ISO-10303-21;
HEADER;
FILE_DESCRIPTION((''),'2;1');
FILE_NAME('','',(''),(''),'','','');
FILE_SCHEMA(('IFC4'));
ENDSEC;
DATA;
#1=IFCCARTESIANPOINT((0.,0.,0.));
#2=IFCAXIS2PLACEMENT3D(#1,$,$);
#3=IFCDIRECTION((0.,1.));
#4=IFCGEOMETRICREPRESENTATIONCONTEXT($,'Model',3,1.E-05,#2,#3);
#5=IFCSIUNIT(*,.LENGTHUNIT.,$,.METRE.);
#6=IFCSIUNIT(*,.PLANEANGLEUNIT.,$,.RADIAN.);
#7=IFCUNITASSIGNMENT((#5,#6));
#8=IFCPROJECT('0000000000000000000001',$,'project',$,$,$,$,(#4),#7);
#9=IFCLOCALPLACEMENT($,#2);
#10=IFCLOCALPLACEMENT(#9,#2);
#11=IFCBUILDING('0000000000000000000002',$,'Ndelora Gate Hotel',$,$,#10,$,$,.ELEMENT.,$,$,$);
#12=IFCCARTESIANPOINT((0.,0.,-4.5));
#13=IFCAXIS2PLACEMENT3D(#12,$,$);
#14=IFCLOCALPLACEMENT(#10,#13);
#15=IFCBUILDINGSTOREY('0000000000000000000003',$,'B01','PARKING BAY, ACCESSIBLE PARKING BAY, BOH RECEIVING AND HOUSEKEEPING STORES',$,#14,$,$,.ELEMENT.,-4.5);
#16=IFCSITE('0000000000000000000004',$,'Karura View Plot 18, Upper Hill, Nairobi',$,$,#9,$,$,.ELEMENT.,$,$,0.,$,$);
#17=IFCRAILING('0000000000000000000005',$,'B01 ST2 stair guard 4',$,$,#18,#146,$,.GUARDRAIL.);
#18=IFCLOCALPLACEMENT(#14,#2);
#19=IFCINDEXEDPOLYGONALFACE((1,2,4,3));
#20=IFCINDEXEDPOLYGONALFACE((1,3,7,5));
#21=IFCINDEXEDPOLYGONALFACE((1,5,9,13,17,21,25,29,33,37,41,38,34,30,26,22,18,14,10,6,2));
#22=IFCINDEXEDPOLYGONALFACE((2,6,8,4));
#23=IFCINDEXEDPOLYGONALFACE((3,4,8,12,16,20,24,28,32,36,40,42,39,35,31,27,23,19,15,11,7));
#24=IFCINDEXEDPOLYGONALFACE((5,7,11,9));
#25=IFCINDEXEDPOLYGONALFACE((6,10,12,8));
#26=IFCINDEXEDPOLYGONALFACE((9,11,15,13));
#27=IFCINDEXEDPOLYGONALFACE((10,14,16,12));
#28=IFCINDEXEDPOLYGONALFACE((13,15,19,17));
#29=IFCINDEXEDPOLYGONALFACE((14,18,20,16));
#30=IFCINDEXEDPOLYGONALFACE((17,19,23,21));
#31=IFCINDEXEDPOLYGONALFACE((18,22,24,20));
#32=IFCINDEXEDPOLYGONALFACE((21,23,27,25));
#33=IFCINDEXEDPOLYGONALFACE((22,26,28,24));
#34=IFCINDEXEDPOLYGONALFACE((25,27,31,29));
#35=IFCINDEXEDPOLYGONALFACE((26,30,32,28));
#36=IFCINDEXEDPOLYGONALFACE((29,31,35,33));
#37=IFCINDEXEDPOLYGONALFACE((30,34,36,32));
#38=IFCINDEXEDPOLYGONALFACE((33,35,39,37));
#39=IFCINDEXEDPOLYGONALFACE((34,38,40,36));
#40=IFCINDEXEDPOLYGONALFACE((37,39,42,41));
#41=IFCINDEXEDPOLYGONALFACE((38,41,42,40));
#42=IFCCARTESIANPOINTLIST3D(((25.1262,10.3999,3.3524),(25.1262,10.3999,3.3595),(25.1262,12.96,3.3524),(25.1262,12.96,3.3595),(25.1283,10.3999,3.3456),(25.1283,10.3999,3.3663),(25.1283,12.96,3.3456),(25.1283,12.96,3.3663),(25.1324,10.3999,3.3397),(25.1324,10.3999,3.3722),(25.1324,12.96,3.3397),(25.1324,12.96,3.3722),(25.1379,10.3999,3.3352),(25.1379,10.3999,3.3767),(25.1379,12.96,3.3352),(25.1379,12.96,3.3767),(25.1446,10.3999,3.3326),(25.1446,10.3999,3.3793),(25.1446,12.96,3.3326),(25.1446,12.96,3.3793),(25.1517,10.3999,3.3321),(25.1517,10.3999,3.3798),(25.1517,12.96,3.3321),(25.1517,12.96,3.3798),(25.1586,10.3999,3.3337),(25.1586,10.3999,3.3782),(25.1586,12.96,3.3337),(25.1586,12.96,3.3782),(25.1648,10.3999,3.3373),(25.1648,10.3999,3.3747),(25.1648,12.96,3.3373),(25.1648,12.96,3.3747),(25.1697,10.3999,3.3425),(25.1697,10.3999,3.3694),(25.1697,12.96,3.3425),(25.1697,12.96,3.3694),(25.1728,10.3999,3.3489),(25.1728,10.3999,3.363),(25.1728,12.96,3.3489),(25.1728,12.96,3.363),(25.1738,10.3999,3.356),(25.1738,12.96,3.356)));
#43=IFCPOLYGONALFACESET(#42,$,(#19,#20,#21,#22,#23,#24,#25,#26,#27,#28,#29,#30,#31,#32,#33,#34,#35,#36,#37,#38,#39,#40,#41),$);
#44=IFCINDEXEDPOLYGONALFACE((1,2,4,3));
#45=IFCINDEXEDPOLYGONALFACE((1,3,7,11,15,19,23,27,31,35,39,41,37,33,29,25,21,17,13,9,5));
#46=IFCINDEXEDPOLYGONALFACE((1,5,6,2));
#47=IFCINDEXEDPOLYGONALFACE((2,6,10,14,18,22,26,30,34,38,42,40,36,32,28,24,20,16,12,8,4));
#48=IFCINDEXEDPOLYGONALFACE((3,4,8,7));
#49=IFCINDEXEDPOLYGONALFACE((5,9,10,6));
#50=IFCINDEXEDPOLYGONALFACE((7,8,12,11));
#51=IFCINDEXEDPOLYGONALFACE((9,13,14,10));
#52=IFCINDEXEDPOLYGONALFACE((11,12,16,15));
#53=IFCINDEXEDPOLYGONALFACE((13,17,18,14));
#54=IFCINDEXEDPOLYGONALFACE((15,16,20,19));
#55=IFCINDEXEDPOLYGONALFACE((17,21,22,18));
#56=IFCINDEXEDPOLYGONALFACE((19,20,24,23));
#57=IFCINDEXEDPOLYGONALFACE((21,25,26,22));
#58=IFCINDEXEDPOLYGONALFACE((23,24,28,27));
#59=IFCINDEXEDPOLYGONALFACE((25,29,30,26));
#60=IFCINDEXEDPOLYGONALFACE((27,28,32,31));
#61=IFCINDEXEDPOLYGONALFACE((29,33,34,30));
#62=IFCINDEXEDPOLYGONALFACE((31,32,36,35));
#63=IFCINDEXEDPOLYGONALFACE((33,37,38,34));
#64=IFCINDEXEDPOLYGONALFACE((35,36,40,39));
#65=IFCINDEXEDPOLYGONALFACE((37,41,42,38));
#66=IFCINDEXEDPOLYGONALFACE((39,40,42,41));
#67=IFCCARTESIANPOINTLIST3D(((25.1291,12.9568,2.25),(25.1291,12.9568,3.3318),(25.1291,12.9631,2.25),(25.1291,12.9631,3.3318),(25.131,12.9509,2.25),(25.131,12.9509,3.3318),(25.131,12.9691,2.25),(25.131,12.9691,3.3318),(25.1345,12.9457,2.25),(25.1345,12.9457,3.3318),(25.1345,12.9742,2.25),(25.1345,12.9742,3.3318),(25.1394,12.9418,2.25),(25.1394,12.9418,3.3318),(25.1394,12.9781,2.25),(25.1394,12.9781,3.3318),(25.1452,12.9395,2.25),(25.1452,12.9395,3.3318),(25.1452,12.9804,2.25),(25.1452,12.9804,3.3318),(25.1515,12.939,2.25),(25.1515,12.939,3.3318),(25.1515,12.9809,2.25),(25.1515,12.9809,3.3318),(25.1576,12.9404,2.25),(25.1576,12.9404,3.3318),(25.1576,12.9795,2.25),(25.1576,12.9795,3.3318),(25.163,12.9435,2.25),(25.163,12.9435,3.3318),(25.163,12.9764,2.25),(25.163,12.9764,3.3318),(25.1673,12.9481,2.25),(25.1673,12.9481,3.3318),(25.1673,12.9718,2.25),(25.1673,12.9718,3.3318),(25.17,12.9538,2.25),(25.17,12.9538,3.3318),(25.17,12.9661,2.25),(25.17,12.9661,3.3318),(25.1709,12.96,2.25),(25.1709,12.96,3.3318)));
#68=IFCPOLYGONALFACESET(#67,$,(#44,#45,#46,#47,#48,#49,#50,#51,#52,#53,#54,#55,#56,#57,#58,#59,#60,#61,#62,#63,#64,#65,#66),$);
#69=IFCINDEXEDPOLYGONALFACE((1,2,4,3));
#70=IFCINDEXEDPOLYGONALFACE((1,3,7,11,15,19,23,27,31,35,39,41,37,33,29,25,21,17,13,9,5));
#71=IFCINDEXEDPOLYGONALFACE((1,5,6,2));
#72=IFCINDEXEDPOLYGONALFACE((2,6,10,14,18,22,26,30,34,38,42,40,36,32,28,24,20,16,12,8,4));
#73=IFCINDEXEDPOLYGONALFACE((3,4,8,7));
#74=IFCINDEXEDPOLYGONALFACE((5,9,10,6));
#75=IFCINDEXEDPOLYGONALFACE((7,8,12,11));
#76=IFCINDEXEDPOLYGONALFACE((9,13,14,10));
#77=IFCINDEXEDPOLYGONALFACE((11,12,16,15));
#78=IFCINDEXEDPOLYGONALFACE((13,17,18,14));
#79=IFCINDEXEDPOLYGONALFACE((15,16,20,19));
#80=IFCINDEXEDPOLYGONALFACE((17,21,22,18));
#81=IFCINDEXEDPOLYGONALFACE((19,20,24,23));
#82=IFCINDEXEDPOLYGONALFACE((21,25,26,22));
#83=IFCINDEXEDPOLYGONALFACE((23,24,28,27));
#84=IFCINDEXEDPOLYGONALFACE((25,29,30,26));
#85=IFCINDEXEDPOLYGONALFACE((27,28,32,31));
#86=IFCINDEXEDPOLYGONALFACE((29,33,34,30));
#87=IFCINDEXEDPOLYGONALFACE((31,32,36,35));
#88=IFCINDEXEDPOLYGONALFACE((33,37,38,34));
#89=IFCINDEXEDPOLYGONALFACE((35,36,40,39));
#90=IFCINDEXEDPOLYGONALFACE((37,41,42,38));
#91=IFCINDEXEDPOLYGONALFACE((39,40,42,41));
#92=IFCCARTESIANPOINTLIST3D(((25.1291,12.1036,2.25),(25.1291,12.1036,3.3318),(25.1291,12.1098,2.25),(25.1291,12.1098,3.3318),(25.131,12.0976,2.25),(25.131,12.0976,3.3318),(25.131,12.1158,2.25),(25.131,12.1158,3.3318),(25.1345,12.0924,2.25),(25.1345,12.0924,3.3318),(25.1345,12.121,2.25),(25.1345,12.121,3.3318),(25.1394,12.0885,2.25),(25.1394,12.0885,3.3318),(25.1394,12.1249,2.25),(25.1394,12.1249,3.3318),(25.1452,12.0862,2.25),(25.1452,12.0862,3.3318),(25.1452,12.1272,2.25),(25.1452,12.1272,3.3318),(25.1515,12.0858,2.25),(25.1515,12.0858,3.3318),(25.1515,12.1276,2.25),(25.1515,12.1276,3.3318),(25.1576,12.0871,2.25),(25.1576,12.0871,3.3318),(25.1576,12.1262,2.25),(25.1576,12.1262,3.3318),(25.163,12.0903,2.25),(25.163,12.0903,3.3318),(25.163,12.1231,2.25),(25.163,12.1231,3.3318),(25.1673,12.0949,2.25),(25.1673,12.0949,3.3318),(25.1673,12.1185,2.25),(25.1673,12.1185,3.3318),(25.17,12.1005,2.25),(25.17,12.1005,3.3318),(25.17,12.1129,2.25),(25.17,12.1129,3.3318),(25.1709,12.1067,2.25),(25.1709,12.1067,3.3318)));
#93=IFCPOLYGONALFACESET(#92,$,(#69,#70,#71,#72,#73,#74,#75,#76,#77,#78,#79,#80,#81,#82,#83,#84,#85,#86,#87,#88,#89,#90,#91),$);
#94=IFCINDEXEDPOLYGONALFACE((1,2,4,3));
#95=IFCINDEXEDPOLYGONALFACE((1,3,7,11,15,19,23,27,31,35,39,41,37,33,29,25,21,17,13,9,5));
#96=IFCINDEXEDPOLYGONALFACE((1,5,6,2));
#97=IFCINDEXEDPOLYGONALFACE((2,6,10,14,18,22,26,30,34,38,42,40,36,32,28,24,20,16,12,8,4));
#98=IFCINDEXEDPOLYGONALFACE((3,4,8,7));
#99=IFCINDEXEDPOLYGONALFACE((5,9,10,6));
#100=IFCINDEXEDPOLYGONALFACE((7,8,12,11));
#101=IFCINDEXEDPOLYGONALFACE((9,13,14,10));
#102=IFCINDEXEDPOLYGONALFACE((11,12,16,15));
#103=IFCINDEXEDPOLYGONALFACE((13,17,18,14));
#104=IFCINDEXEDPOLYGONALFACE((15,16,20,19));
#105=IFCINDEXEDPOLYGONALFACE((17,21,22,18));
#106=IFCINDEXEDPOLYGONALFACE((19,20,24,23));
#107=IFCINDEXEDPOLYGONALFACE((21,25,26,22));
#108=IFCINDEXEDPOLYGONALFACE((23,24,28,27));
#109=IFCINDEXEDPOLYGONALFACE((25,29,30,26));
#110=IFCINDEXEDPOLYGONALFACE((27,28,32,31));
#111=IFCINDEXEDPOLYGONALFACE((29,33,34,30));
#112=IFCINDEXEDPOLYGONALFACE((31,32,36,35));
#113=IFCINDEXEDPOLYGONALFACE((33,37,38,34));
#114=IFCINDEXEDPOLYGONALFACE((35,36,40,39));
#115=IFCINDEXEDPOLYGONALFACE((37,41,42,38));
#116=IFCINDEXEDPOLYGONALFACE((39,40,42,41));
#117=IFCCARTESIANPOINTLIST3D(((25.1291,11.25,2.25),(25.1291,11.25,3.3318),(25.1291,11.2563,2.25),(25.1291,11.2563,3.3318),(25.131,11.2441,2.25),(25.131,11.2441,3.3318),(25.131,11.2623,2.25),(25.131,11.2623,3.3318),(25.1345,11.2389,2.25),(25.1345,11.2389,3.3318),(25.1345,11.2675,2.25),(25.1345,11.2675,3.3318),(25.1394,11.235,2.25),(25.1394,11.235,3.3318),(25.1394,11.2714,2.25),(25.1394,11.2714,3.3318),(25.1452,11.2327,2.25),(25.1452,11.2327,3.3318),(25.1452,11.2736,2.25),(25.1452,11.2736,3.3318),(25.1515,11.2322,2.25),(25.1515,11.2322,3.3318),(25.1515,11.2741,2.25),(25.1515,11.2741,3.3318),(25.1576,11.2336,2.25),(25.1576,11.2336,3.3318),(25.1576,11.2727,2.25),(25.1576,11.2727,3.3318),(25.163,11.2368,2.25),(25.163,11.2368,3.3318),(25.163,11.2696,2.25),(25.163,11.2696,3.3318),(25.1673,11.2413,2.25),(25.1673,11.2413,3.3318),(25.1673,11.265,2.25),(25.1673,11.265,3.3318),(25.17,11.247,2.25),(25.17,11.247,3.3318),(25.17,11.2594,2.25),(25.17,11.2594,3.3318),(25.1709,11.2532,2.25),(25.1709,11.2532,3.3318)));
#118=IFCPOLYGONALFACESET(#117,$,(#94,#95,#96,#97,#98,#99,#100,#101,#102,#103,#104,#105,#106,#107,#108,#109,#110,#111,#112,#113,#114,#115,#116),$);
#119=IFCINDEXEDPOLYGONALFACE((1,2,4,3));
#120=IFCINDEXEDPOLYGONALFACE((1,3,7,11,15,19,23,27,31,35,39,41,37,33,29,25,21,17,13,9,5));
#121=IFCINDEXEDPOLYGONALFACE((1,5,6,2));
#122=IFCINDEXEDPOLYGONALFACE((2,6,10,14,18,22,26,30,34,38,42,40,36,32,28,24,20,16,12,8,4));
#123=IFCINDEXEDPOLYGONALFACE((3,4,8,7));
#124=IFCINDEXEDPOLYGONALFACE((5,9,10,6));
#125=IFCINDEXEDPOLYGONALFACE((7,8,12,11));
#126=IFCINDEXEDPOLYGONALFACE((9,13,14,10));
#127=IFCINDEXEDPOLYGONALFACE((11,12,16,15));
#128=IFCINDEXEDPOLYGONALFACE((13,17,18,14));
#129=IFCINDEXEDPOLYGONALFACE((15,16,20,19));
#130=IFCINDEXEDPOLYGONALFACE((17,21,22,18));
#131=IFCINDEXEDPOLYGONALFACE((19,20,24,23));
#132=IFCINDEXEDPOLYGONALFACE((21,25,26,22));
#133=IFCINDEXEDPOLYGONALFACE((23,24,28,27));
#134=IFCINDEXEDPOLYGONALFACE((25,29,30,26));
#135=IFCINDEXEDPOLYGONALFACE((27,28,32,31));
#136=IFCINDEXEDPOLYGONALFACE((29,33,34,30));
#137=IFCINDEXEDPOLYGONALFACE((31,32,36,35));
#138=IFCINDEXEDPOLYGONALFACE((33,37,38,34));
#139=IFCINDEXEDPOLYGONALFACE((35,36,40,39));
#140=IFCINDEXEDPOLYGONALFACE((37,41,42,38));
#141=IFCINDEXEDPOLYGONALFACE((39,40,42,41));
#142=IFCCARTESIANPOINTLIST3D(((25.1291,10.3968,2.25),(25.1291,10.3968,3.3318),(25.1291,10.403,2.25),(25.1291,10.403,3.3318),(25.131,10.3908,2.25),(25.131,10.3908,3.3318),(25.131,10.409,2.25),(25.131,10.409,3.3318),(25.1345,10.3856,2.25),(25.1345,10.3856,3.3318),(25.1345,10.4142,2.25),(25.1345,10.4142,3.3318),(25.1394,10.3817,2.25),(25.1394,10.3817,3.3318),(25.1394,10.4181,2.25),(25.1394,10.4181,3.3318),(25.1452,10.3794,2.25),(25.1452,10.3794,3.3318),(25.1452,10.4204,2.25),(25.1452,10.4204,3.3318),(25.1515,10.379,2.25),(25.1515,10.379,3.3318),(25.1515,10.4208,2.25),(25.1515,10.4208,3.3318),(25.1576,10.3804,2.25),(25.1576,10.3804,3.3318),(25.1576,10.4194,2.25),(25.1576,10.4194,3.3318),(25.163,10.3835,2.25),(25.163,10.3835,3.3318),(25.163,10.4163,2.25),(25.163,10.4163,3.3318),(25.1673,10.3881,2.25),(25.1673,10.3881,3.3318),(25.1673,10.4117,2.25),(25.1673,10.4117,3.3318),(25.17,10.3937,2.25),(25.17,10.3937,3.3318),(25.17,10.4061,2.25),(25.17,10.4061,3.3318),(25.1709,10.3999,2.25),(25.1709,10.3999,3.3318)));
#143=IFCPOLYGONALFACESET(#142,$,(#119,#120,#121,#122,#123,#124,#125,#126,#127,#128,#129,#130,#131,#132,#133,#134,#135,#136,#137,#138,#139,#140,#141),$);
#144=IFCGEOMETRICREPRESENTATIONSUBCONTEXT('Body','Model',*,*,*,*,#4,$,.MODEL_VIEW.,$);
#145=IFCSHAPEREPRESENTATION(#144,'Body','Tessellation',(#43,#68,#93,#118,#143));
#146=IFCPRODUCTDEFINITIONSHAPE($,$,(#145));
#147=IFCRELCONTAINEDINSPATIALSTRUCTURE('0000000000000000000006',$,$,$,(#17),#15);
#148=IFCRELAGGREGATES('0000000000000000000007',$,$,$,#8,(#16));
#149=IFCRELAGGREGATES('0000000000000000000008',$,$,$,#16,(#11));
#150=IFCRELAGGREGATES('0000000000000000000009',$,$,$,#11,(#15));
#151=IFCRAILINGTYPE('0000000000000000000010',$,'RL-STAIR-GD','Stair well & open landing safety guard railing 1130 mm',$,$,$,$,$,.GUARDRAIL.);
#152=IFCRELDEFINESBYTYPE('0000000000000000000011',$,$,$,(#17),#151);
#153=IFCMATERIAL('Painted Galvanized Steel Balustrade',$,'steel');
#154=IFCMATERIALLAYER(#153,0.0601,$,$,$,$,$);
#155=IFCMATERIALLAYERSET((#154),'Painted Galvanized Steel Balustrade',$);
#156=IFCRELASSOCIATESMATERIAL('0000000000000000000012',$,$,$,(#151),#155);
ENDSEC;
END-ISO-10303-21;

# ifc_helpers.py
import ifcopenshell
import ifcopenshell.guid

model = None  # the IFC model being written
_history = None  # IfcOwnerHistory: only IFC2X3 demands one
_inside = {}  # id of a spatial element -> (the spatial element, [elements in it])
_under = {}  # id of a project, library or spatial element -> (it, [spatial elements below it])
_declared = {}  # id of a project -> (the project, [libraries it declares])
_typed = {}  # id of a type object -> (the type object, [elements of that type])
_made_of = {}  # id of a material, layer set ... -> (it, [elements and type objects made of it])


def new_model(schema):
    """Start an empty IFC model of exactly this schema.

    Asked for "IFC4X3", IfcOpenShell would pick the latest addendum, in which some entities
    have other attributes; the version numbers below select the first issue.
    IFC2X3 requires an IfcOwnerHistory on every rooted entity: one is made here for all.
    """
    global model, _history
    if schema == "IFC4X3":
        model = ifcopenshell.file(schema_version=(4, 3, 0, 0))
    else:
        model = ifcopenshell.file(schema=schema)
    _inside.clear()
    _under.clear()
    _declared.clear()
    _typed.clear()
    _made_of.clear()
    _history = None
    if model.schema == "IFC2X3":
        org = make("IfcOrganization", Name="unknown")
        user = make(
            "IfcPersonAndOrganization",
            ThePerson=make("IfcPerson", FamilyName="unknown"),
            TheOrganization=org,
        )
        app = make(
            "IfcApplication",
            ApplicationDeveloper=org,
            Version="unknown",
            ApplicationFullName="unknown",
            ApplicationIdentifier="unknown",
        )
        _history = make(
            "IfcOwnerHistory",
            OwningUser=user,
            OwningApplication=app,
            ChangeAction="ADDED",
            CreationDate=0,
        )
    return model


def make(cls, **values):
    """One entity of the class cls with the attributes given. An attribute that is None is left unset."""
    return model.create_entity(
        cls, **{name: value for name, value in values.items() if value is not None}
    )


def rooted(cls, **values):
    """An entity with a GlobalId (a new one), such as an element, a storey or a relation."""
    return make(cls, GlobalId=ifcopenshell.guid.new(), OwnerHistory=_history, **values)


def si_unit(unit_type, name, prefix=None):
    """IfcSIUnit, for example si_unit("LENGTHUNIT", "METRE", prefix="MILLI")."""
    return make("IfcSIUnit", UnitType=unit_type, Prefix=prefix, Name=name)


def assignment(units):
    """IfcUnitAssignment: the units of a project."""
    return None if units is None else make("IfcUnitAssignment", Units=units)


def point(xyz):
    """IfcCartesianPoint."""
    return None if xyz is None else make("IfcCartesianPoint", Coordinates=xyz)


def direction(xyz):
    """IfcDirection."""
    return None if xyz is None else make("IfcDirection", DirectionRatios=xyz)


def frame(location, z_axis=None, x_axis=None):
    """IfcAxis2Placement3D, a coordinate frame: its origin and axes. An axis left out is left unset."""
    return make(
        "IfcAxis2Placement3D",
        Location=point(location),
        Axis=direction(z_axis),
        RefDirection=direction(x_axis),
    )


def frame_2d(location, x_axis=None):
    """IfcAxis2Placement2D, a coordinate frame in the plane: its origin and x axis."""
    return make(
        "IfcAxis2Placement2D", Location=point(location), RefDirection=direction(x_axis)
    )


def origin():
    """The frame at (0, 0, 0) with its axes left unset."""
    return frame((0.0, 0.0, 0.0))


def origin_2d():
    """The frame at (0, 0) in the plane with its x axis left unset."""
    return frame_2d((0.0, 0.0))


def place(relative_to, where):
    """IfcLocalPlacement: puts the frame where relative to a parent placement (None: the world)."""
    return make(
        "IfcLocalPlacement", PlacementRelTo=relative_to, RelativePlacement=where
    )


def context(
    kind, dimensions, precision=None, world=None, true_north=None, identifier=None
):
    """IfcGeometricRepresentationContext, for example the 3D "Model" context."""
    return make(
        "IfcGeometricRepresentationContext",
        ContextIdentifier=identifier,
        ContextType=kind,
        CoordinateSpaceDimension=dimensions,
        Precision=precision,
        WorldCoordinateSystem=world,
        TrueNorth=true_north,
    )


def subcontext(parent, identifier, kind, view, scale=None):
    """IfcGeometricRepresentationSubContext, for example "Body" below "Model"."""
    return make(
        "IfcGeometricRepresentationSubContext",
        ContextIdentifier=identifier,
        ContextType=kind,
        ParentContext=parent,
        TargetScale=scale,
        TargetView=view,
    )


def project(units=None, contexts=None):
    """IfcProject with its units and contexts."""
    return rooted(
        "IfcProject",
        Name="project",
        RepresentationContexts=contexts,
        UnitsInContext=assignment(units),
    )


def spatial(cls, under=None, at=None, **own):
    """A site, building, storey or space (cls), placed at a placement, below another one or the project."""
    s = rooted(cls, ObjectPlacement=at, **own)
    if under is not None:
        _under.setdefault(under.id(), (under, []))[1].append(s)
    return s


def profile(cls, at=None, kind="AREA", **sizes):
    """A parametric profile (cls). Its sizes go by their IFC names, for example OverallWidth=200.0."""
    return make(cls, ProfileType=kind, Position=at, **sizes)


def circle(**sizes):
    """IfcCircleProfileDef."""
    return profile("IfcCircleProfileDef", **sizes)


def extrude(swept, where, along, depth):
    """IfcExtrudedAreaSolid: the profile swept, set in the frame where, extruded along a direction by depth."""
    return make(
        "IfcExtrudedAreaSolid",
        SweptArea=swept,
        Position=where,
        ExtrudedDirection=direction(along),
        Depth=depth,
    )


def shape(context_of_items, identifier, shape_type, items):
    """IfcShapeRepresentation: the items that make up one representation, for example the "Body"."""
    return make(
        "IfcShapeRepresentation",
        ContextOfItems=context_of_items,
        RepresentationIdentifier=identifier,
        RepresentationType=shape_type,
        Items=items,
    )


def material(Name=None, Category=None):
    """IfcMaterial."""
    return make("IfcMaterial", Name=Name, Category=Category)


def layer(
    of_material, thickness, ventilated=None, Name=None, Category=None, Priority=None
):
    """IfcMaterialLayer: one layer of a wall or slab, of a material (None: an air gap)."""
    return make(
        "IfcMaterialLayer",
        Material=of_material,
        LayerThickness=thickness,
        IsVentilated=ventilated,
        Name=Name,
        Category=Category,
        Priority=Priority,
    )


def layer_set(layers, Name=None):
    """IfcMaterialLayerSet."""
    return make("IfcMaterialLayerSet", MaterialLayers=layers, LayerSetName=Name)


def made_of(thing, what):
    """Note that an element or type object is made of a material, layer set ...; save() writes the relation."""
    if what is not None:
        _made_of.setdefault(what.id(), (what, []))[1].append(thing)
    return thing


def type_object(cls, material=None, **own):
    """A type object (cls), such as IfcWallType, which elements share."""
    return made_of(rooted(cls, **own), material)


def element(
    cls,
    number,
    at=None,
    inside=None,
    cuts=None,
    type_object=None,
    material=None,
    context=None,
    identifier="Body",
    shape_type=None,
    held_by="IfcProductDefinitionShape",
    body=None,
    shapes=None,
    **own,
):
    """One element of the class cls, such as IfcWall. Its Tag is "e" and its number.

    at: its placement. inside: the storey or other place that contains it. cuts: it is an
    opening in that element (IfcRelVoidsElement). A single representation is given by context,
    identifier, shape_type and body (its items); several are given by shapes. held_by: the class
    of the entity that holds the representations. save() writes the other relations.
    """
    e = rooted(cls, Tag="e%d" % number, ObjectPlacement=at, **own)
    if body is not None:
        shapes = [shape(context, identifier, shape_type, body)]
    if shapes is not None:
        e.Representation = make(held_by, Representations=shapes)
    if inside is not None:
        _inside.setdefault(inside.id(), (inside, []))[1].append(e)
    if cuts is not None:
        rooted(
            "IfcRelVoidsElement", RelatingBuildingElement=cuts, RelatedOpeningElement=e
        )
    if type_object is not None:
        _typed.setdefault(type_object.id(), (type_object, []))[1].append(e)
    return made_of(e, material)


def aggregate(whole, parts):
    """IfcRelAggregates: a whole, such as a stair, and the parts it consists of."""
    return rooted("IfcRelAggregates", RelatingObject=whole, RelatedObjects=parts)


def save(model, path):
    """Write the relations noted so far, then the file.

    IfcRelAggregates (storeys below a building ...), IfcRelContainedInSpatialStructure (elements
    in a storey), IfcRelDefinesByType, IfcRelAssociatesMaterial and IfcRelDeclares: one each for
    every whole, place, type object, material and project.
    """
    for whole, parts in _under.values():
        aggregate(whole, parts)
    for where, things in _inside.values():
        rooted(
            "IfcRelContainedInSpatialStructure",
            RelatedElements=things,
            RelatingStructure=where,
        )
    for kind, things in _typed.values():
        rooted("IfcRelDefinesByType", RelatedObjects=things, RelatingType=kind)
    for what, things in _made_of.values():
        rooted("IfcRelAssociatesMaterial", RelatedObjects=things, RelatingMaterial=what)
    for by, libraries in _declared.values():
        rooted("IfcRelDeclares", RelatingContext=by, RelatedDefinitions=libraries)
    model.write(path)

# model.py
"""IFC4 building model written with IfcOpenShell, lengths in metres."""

from ifc_helpers import new_model, si_unit, direction, frame, origin, origin_2d, place, context, subcontext, project, spatial, circle, extrude, material, layer, layer_set, type_object, element, save


model = new_model("IFC4")

# Units and contexts
model_context = context("Model", 3, precision=1e-05, world=origin(), true_north=direction((0.0, 1.0)))
body_context = subcontext(model_context, "Body", "Model", "MODEL_VIEW")
ifc_project = project(units=[si_unit("LENGTHUNIT", "METRE"), si_unit("PLANEANGLEUNIT", "RADIAN")], contexts=[model_context])

# Site, building, storey
site_placement = place(None, origin())
site = spatial("IfcSite", under=ifc_project, at=site_placement, Name="Karura View Plot 18, Upper Hill, Nairobi", CompositionType="ELEMENT", RefElevation=0.0)
building_placement = place(site_placement, origin())
building = spatial("IfcBuilding", under=site, at=building_placement, Name="Ndelora Gate Hotel", CompositionType="ELEMENT")
storey_placement = place(building_placement, frame((0.0, 0.0, -4.5)))
storey = spatial("IfcBuildingStorey", under=building, at=storey_placement, Name="B01", Description="PARKING BAY, ACCESSIBLE PARKING BAY, BOH RECEIVING AND HOUSEKEEPING STORES", CompositionType="ELEMENT", Elevation=-4.5)

# Railing
ifc_material_1 = material(Name="Painted Galvanized Steel Balustrade", Category="steel")
ifc_layer_1 = layer(ifc_material_1, 0.0601)
ifc_layer_set_1 = layer_set([ifc_layer_1], Name="Painted Galvanized Steel Balustrade")
railing_type_1 = type_object("IfcRailingType", Name="RL-STAIR-GD", Description="Stair well & open landing safety guard railing 1130 mm", PredefinedType="GUARDRAIL", material=ifc_layer_set_1)
for number, where, name in (
    (1, (25.1499, 12.96, 2.25), "B01 ST2 stair guard 4"),
):
    element("IfcRailing", number, at=place(storey_placement, frame(where)), inside=storey, type_object=railing_type_1, Name=name, PredefinedType="GUARDRAIL", context=body_context, shape_type="SweptSolid", body=[
        extrude(circle(Radius=0.0239, at=origin_2d()), frame((0.0, 0.0, 1.106), z_axis=(0.0, -1.0, 0.0), x_axis=(1.0, 0.0, 0.0)), (0.0, 0.0, 1.0), 2.5601),
        extrude(circle(Radius=0.021, at=origin_2d()), origin(), (0.0, 0.0, 1.0), 1.0818),
        extrude(circle(Radius=0.021, at=origin_2d()), frame((0.0, -0.8533, 0.0)), (0.0, 0.0, 1.0), 1.0818),
        extrude(circle(Radius=0.021, at=origin_2d()), frame((0.0, -1.7068, 0.0)), (0.0, 0.0, 1.0), 1.0818),
        extrude(circle(Radius=0.021, at=origin_2d()), frame((0.0, -2.5601, 0.0)), (0.0, 0.0, 1.0), 1.0818),
    ])

save(model, "model.ifc")
